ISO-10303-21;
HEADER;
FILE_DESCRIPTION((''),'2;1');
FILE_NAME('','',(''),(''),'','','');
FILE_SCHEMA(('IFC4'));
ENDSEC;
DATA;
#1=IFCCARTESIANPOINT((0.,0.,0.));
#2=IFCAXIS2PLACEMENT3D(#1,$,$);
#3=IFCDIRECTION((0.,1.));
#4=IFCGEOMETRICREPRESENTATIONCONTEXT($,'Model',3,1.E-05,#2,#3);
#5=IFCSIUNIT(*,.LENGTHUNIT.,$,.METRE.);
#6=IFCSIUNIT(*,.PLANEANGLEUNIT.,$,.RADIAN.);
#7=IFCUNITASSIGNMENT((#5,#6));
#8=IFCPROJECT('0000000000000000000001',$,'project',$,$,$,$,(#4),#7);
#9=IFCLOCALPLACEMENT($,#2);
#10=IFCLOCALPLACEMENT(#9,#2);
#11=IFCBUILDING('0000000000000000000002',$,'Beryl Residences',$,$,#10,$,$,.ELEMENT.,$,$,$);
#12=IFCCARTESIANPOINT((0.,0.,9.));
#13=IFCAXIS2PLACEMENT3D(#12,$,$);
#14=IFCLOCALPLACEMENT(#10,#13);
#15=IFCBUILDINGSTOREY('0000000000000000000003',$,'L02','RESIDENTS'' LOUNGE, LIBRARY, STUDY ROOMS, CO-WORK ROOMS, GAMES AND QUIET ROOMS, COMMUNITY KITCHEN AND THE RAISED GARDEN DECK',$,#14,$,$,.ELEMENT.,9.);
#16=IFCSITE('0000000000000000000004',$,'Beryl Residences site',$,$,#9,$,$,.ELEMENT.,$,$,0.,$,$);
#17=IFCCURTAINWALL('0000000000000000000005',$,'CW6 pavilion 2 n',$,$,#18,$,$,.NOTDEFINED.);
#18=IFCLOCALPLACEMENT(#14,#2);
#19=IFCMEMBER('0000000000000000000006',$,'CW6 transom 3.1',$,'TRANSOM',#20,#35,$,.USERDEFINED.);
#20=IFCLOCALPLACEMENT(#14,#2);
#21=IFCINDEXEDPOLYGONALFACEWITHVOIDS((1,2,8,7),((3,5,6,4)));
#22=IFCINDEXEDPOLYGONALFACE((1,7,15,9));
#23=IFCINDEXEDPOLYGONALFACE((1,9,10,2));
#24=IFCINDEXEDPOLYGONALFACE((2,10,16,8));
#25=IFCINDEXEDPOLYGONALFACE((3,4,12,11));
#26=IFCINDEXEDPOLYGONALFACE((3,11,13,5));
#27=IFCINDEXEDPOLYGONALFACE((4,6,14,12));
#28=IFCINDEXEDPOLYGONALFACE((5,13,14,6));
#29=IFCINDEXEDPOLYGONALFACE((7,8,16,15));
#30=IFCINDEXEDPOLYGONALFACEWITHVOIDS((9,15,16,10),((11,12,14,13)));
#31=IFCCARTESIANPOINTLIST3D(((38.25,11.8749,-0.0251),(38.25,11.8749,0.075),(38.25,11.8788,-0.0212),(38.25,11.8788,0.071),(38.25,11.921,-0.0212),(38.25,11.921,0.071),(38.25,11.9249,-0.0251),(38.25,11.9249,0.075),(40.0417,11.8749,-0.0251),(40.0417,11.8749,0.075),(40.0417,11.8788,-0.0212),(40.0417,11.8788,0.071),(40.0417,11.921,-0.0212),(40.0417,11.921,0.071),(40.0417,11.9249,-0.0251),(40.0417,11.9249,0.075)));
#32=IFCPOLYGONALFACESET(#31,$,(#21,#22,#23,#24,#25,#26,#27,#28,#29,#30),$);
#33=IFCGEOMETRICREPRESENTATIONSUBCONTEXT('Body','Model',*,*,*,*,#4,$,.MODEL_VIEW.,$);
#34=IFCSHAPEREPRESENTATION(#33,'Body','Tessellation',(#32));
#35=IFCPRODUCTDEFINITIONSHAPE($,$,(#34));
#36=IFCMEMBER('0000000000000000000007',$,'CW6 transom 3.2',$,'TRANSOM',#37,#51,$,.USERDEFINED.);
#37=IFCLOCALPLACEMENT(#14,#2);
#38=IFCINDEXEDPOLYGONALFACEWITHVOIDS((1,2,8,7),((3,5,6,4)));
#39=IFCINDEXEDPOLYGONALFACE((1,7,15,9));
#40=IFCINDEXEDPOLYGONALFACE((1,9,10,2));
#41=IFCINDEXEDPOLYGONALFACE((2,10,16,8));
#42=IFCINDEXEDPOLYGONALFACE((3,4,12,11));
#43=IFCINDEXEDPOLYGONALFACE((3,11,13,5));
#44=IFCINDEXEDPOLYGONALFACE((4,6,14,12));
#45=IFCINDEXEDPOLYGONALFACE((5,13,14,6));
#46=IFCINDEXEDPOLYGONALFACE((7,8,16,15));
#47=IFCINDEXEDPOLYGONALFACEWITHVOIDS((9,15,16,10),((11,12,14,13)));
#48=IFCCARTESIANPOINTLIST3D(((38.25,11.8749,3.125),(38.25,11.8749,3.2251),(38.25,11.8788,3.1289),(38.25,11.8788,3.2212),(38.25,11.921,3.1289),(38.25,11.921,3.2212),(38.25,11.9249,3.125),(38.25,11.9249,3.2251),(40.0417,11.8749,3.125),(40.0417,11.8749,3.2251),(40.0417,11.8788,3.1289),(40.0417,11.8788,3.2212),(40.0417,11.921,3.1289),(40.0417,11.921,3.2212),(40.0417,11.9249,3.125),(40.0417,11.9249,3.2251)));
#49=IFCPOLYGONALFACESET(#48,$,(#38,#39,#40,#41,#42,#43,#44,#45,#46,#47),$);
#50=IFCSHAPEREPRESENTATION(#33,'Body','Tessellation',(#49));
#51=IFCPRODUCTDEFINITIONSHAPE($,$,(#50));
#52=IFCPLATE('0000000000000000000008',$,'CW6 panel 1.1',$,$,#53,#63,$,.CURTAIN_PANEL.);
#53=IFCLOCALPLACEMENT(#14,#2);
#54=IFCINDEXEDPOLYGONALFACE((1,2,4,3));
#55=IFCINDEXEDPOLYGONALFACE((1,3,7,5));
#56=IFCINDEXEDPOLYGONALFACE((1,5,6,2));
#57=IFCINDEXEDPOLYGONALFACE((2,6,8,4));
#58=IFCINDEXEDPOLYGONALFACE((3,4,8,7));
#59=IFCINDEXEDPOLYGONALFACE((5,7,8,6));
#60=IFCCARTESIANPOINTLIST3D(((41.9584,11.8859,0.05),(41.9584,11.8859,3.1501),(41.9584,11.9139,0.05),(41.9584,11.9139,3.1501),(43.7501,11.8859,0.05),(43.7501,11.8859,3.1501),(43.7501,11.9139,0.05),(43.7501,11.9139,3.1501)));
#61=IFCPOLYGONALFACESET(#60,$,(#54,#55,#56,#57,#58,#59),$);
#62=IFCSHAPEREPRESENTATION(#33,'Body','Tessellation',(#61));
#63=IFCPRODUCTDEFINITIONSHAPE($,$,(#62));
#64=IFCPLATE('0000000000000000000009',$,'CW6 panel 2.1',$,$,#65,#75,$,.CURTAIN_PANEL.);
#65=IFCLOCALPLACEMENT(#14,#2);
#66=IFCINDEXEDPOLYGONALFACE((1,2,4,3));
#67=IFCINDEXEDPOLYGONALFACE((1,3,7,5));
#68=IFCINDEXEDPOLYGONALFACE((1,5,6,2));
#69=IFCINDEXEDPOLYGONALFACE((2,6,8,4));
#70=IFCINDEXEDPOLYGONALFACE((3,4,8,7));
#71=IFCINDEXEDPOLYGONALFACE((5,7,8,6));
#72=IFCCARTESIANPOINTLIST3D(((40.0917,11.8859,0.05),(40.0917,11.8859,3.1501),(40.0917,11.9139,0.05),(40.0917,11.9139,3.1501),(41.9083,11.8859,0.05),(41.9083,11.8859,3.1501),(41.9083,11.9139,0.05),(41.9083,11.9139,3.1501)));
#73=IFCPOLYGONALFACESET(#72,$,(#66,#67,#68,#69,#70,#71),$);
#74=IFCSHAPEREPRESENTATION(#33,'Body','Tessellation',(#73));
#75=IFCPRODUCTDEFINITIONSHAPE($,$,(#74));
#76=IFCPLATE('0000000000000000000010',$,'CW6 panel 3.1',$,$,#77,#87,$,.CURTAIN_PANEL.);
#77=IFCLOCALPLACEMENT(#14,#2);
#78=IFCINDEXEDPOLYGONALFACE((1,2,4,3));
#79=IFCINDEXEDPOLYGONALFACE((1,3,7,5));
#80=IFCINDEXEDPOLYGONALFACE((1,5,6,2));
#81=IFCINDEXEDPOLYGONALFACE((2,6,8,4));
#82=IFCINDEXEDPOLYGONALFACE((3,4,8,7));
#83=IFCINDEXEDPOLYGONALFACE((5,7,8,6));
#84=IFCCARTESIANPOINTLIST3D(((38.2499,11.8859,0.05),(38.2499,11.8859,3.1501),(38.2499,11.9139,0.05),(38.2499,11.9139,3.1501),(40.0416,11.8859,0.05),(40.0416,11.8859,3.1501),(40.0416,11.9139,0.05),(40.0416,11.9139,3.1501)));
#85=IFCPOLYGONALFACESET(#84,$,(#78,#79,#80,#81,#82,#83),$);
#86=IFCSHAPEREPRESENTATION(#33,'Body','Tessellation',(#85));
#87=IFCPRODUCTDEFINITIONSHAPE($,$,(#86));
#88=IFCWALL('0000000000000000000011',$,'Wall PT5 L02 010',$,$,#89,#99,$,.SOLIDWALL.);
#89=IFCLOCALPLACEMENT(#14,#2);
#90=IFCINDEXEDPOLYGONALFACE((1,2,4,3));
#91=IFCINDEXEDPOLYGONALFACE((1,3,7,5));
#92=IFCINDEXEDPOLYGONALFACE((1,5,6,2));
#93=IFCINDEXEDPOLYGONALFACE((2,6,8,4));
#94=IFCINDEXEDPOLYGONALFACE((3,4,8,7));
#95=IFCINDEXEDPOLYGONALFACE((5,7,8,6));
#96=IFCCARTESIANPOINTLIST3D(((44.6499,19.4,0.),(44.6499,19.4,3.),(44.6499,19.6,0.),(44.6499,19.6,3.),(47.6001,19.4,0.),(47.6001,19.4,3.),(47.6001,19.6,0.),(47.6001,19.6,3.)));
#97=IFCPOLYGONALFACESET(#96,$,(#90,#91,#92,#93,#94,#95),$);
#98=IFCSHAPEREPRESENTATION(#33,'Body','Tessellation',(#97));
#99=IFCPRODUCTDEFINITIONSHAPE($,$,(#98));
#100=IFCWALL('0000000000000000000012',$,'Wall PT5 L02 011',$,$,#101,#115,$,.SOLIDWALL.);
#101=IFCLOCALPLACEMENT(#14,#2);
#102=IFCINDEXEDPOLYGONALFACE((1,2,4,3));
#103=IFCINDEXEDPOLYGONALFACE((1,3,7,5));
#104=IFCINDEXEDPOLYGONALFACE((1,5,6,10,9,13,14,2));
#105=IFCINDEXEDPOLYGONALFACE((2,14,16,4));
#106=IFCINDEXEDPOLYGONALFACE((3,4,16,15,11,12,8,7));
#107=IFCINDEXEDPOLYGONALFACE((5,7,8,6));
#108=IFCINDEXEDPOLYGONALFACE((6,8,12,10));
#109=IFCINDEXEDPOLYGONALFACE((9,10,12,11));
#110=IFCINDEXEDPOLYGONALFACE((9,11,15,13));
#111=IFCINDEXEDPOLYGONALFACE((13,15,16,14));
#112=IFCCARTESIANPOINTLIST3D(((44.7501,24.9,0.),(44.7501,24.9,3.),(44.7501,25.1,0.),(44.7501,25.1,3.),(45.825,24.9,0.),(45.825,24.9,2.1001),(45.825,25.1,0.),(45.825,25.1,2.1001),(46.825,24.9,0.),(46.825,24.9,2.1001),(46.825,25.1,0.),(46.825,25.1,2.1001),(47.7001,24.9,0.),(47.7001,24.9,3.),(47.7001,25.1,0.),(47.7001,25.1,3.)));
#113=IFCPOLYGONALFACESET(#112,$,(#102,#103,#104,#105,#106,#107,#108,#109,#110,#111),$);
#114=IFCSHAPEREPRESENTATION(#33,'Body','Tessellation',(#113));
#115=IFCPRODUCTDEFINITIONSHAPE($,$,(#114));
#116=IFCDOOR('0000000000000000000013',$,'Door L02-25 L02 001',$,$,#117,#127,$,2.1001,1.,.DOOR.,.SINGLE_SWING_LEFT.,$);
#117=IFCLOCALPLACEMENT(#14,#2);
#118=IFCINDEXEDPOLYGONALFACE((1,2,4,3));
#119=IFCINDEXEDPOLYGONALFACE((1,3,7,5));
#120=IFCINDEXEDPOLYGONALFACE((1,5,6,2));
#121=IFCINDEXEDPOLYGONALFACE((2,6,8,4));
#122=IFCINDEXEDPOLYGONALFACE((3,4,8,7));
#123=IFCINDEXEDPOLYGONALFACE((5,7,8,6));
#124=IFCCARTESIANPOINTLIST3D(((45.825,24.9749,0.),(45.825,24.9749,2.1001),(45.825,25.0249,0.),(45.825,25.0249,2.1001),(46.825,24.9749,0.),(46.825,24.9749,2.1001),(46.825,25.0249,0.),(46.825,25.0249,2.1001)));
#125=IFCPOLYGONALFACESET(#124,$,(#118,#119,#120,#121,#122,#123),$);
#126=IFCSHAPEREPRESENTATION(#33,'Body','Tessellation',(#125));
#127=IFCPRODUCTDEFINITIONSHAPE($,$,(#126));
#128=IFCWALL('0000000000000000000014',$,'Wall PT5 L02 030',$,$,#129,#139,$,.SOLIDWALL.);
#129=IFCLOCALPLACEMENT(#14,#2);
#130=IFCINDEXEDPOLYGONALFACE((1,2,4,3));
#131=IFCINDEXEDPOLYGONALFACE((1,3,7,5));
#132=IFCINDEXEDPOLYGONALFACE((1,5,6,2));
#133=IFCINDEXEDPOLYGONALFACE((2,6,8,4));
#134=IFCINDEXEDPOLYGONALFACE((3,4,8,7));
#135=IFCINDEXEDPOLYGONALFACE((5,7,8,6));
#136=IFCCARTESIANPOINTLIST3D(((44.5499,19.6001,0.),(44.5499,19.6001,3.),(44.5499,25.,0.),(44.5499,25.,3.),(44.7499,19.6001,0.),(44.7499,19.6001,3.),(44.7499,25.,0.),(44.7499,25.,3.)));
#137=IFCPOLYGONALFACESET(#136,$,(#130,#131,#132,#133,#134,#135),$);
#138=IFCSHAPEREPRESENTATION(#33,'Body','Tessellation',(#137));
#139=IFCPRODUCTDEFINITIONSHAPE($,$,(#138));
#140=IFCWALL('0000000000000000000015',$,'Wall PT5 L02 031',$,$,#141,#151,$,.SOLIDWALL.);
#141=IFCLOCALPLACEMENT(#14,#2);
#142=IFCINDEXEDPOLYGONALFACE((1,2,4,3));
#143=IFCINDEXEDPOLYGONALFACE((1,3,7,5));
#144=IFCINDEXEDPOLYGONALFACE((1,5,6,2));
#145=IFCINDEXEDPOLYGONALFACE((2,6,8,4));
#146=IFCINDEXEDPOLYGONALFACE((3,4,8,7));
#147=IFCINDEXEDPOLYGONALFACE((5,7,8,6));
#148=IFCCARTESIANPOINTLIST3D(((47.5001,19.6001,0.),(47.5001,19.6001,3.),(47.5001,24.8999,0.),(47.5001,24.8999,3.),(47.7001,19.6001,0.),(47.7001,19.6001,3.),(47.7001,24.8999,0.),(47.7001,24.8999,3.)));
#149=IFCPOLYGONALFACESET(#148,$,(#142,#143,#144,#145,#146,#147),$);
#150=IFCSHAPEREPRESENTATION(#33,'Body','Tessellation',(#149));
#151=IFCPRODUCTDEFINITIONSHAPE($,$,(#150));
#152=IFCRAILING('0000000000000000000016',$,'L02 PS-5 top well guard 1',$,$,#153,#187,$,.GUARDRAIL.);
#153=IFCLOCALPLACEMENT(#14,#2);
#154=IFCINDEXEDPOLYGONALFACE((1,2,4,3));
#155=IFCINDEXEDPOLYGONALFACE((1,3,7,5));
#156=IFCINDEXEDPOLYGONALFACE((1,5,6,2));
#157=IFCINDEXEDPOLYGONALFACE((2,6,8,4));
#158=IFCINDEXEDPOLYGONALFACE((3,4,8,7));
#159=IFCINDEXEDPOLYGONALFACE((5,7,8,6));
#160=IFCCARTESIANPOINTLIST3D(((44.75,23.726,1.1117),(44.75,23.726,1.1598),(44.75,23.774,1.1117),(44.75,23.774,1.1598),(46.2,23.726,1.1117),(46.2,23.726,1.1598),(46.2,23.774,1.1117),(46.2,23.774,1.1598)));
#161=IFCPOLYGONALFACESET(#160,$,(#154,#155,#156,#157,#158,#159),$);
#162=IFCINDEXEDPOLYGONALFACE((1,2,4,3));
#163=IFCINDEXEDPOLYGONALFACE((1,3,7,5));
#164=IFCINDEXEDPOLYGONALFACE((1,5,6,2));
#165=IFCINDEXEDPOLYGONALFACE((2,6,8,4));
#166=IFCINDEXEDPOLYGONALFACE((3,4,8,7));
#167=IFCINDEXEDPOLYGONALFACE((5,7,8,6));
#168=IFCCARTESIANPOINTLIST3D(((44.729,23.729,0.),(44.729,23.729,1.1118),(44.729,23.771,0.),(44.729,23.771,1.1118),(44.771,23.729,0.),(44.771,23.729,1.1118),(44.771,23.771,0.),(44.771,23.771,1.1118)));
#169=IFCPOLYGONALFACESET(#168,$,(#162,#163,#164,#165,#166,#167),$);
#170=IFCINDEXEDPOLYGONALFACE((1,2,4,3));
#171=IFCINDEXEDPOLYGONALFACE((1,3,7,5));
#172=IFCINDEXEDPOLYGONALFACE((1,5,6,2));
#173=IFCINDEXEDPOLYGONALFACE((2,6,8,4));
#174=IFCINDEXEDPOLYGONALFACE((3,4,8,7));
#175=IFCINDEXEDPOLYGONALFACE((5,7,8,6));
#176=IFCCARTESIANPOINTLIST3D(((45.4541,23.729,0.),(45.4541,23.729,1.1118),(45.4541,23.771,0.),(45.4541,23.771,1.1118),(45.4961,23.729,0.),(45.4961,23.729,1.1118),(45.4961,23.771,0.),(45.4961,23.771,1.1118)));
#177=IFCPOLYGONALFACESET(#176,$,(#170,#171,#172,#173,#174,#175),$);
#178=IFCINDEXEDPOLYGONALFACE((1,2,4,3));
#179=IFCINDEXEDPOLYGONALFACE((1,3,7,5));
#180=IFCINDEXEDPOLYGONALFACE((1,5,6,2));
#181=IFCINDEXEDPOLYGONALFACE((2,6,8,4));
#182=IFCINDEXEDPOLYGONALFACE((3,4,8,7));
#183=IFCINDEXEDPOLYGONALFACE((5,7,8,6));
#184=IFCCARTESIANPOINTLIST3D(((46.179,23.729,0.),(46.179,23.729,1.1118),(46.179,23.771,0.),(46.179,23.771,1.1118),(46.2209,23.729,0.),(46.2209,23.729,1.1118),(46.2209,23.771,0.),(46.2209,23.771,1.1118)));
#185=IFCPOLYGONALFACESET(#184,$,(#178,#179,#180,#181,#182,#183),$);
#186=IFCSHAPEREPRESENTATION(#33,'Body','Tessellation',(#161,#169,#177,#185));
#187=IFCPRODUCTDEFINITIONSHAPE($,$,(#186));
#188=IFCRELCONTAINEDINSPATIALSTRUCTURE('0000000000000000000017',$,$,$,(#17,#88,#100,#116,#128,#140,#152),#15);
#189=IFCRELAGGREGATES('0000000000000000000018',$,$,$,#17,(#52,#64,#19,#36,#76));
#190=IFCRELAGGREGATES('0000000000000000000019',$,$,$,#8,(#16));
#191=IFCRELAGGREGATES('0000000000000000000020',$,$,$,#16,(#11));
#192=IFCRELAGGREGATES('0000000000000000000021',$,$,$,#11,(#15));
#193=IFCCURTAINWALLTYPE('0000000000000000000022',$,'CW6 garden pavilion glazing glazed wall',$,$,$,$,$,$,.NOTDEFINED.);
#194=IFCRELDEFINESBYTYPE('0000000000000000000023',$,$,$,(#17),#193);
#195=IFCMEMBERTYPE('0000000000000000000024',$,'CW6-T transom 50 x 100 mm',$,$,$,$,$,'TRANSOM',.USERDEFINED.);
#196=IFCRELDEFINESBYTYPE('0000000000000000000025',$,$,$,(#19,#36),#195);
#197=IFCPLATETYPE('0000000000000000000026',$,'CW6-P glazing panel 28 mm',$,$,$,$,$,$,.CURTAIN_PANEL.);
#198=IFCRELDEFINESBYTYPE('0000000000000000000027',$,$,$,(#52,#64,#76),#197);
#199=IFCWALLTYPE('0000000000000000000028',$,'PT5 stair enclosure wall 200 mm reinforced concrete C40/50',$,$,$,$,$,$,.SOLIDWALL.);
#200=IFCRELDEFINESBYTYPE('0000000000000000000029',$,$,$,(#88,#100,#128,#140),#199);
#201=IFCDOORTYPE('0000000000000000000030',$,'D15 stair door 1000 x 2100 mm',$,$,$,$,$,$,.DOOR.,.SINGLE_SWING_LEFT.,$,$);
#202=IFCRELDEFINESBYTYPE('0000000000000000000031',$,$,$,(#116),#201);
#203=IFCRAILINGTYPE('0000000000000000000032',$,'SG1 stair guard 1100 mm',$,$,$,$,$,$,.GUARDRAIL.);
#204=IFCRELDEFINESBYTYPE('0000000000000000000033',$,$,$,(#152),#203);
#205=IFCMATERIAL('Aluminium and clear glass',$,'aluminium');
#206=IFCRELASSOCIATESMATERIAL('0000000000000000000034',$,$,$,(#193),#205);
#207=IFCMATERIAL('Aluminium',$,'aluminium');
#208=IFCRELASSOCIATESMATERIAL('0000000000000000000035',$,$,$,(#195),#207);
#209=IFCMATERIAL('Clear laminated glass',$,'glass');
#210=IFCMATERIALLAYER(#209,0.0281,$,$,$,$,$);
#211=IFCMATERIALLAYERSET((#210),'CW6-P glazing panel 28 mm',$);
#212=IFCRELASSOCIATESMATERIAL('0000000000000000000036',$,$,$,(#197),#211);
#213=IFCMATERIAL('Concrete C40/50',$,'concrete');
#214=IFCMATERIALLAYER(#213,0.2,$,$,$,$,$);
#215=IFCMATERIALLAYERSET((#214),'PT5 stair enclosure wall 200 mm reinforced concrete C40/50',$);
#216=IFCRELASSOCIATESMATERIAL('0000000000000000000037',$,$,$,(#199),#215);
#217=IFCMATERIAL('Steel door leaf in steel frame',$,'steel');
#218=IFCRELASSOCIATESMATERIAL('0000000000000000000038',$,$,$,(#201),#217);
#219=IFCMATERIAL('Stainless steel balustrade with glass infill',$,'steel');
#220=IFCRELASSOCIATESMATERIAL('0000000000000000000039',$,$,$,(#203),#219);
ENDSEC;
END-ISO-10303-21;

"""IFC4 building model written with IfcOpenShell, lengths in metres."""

from ifc_helpers import new_model, si_unit, direction, frame, frame_2d, origin, origin_2d, place, context, subcontext, project, spatial, rectangle, hollow_rectangle, extrude, material, layer, layer_set, material_profile, profile_set, type_object, element, fill, aggregate, save


model = new_model("IFC4")

# Units and contexts
model_context = context("Model", 3, precision=1e-05, world=origin(), true_north=direction((0.0, 1.0)))
body_context = subcontext(model_context, "Body", "Model", "MODEL_VIEW")
ifc_project = project(units=[si_unit("LENGTHUNIT", "METRE"), si_unit("PLANEANGLEUNIT", "RADIAN")], contexts=[model_context])

# Site, building, storey
site_placement = place(None, origin())
site = spatial("IfcSite", under=ifc_project, at=site_placement, Name="Beryl Residences site", CompositionType="ELEMENT", RefElevation=0.0)
building_placement = place(site_placement, origin())
building = spatial("IfcBuilding", under=site, at=building_placement, Name="Beryl Residences", CompositionType="ELEMENT")
storey_placement = place(building_placement, frame((0.0, 0.0, 9.0)))
storey = spatial("IfcBuildingStorey", under=building, at=storey_placement, Name="L02", Description="RESIDENTS' LOUNGE, LIBRARY, STUDY ROOMS, CO-WORK ROOMS, GAMES AND QUIET ROOMS, COMMUNITY KITCHEN AND THE RAISED GARDEN DECK", CompositionType="ELEMENT", Elevation=9.0)

# Shared definitions
ifc_material_1 = material(Name="Aluminium and clear glass", Category="aluminium")
curtain_wall_type = type_object("IfcCurtainWallType", Name="CW6 garden pavilion glazing glazed wall", PredefinedType="NOTDEFINED", material=ifc_material_1)

# Curtain wall
curtain_wall_1_placement = place(storey_placement, origin())
curtain_wall_1 = element("IfcCurtainWall", 1, at=curtain_wall_1_placement, inside=storey, type_object=curtain_wall_type, Name="CW6 pavilion 2 n", PredefinedType="NOTDEFINED")

# Members
ifc_material_2 = material(Name="Aluminium", Category="aluminium")
ifc_material_profile_1 = material_profile(ifc_material_2, hollow_rectangle(XDim=0.05, YDim=0.1001, WallThickness=0.0039, at=origin_2d()))
ifc_profile_set_1 = profile_set([ifc_material_profile_1], Name="Aluminium")
member_type_1 = type_object("IfcMemberType", Name="CW6-T transom 50 x 100 mm", ElementType="TRANSOM", PredefinedType="USERDEFINED", material=ifc_profile_set_1)
member_1_placement = place(storey_placement, frame((40.0417, 11.8999, 0.0249), z_axis=(-1.0, 0.0, 0.0), x_axis=(0.0, -1.0, 0.0)))
member_1 = element("IfcMember", 2, at=member_1_placement, type_object=member_type_1, Name="CW6 transom 3.1", ObjectType="TRANSOM", PredefinedType="USERDEFINED", context=body_context, shape_type="SweptSolid", body=[
    extrude(hollow_rectangle(XDim=0.05, YDim=0.1001, WallThickness=0.0039, at=origin_2d()), origin(), (0.0, 0.0, 1.0), 1.7917),
])
member_2_placement = place(storey_placement, frame((40.0417, 11.8999, 3.175), z_axis=(-1.0, 0.0, 0.0), x_axis=(0.0, -1.0, 0.0)))
member_2 = element("IfcMember", 3, at=member_2_placement, type_object=member_type_1, Name="CW6 transom 3.2", ObjectType="TRANSOM", PredefinedType="USERDEFINED", context=body_context, shape_type="SweptSolid", body=[
    extrude(hollow_rectangle(XDim=0.05, YDim=0.1001, WallThickness=0.0039, at=origin_2d()), origin(), (0.0, 0.0, 1.0), 1.7917),
])

# Plates
ifc_material_3 = material(Name="Clear laminated glass", Category="glass")
ifc_layer_1 = layer(ifc_material_3, 0.0281)
ifc_layer_set_1 = layer_set([ifc_layer_1], Name="CW6-P glazing panel 28 mm")
plate_type = type_object("IfcPlateType", Name="CW6-P glazing panel 28 mm", PredefinedType="CURTAIN_PANEL", material=ifc_layer_set_1)
plate_1_placement = place(storey_placement, frame((42.8542, 11.8999, 0.05), z_axis=(0.0, 0.0, 1.0), x_axis=(-1.0, 0.0, 0.0)))
plate_1 = element("IfcPlate", 4, at=plate_1_placement, type_object=plate_type, Name="CW6 panel 1.1", PredefinedType="CURTAIN_PANEL", context=body_context, shape_type="SweptSolid", body=[
    extrude(rectangle(XDim=1.7917, YDim=0.0281, at=origin_2d()), origin(), (0.0, 0.0, 1.0), 3.1001),
])
plate_2_placement = place(storey_placement, frame((41.0, 11.8999, 0.05), z_axis=(0.0, 0.0, 1.0), x_axis=(-1.0, 0.0, 0.0)))
plate_2 = element("IfcPlate", 5, at=plate_2_placement, type_object=plate_type, Name="CW6 panel 2.1", PredefinedType="CURTAIN_PANEL", context=body_context, shape_type="SweptSolid", body=[
    extrude(rectangle(XDim=1.8167, YDim=0.0281, at=origin_2d()), origin(), (0.0, 0.0, 1.0), 3.1001),
])
plate_3_placement = place(storey_placement, frame((39.1458, 11.8999, 0.05), z_axis=(0.0, 0.0, 1.0), x_axis=(-1.0, 0.0, 0.0)))
plate_3 = element("IfcPlate", 6, at=plate_3_placement, type_object=plate_type, Name="CW6 panel 3.1", PredefinedType="CURTAIN_PANEL", context=body_context, shape_type="SweptSolid", body=[
    extrude(rectangle(XDim=1.7917, YDim=0.0281, at=origin_2d()), origin(), (0.0, 0.0, 1.0), 3.1001),
])
aggregate(curtain_wall_1, [plate_1, plate_2, member_1, member_2, plate_3])

# Wall
ifc_material_4 = material(Name="Concrete C40/50", Category="concrete")
ifc_layer_2 = layer(ifc_material_4, 0.2)
ifc_layer_set_2 = layer_set([ifc_layer_2], Name="PT5 stair enclosure wall 200 mm reinforced concrete C40/50")
wall_type = type_object("IfcWallType", Name="PT5 stair enclosure wall 200 mm reinforced concrete C40/50", PredefinedType="SOLIDWALL", material=ifc_layer_set_2)
wall_1_placement = place(storey_placement, frame((44.6499, 19.5, 0.0), z_axis=(0.0, 0.0, 1.0), x_axis=(1.0, 0.0, 0.0)))
element("IfcWall", 7, at=wall_1_placement, inside=storey, type_object=wall_type, Name="Wall PT5 L02 010", PredefinedType="SOLIDWALL", context=body_context, shape_type="SweptSolid", body=[
    extrude(rectangle(XDim=2.9502, YDim=0.2, at=frame_2d((1.4751, 0.0))), origin(), (0.0, 0.0, 1.0), 3.0),
])

# Wall, opening, door
wall_2_placement = place(storey_placement, frame((44.75, 25.0, 0.0), z_axis=(0.0, 0.0, 1.0), x_axis=(1.0, 0.0, 0.0)))
wall_2 = element("IfcWall", 8, at=wall_2_placement, inside=storey, type_object=wall_type, Name="Wall PT5 L02 011", PredefinedType="SOLIDWALL", context=body_context, shape_type="SweptSolid", body=[
    extrude(rectangle(XDim=2.95, YDim=0.2, at=frame_2d((1.4751, 0.0))), origin(), (0.0, 0.0, 1.0), 3.0),
])
opening_placement = place(wall_2_placement, frame((1.075, 0.0, 0.0)))
opening = element("IfcOpeningElement", 9, at=opening_placement, cuts=wall_2, PredefinedType="OPENING", context=body_context, shape_type="SweptSolid", body=[
    extrude(rectangle(XDim=1.0, YDim=2.1001, at=frame_2d((0.5, 1.05))), frame((0.0, 0.1099, 0.0), z_axis=(0.0, -1.0, 0.0), x_axis=(1.0, 0.0, 0.0)), (0.0, 0.0, 1.0), 0.22),
])
ifc_material_5 = material(Name="Steel door leaf in steel frame", Category="steel")
door_type = type_object("IfcDoorType", Name="D15 stair door 1000 x 2100 mm", OperationType="SINGLE_SWING_LEFT", PredefinedType="DOOR", material=ifc_material_5)
door_placement = place(opening_placement, origin())
door = element("IfcDoor", 10, at=door_placement, inside=storey, type_object=door_type, Name="Door L02-25 L02 001", OperationType="SINGLE_SWING_LEFT", OverallHeight=2.1001, OverallWidth=1.0, PredefinedType="DOOR", context=body_context, shape_type="SweptSolid", body=[
    extrude(rectangle(XDim=1.0, YDim=2.1001, at=frame_2d((0.5, 1.05))), frame((0.0, 0.0249, 0.0), z_axis=(0.0, -1.0, 0.0), x_axis=(1.0, 0.0, 0.0)), (0.0, 0.0, 1.0), 0.05),
])
fill(opening, door)

# Walls
wall_3_placement = place(storey_placement, frame((44.6499, 19.6001, 0.0), z_axis=(0.0, 0.0, 1.0), x_axis=(0.0, 1.0, 0.0)))
element("IfcWall", 11, at=wall_3_placement, inside=storey, type_object=wall_type, Name="Wall PT5 L02 030", PredefinedType="SOLIDWALL", context=body_context, shape_type="SweptSolid", body=[
    extrude(rectangle(XDim=5.3999, YDim=0.2, at=frame_2d((2.7, 0.0))), origin(), (0.0, 0.0, 1.0), 3.0),
])
wall_4_placement = place(storey_placement, frame((47.6001, 19.6001, 0.0), z_axis=(0.0, 0.0, 1.0), x_axis=(0.0, 1.0, 0.0)))
element("IfcWall", 12, at=wall_4_placement, inside=storey, type_object=wall_type, Name="Wall PT5 L02 031", PredefinedType="SOLIDWALL", context=body_context, shape_type="SweptSolid", body=[
    extrude(rectangle(XDim=5.2998, YDim=0.2, at=frame_2d((2.6499, 0.0))), origin(), (0.0, 0.0, 1.0), 3.0),
])

# Railing
ifc_material_6 = material(Name="Stainless steel balustrade with glass infill", Category="steel")
railing_type = type_object("IfcRailingType", Name="SG1 stair guard 1100 mm", PredefinedType="GUARDRAIL", material=ifc_material_6)
railing_placement = place(storey_placement, frame((44.75, 23.75, 0.0)))
element("IfcRailing", 13, at=railing_placement, inside=storey, type_object=railing_type, Name="L02 PS-5 top well guard 1", PredefinedType="GUARDRAIL", context=body_context, shape_type="SweptSolid", body=[
    extrude(rectangle(XDim=0.0481, YDim=0.0481, at=origin_2d()), frame((0.0, 0.0, 1.1357), z_axis=(1.0, 0.0, 0.0), x_axis=(0.0, 1.0, 0.0)), (0.0, 0.0, 1.0), 1.45),
    extrude(rectangle(XDim=0.042, YDim=0.042, at=origin_2d()), origin(), (0.0, 0.0, 1.0), 1.1118),
    extrude(rectangle(XDim=0.042, YDim=0.042, at=origin_2d()), frame((0.7251, 0.0, 0.0)), (0.0, 0.0, 1.0), 1.1118),
    extrude(rectangle(XDim=0.042, YDim=0.042, at=origin_2d()), frame((1.45, 0.0, 0.0)), (0.0, 0.0, 1.0), 1.1118),
])

save(model, "model.ifc")
